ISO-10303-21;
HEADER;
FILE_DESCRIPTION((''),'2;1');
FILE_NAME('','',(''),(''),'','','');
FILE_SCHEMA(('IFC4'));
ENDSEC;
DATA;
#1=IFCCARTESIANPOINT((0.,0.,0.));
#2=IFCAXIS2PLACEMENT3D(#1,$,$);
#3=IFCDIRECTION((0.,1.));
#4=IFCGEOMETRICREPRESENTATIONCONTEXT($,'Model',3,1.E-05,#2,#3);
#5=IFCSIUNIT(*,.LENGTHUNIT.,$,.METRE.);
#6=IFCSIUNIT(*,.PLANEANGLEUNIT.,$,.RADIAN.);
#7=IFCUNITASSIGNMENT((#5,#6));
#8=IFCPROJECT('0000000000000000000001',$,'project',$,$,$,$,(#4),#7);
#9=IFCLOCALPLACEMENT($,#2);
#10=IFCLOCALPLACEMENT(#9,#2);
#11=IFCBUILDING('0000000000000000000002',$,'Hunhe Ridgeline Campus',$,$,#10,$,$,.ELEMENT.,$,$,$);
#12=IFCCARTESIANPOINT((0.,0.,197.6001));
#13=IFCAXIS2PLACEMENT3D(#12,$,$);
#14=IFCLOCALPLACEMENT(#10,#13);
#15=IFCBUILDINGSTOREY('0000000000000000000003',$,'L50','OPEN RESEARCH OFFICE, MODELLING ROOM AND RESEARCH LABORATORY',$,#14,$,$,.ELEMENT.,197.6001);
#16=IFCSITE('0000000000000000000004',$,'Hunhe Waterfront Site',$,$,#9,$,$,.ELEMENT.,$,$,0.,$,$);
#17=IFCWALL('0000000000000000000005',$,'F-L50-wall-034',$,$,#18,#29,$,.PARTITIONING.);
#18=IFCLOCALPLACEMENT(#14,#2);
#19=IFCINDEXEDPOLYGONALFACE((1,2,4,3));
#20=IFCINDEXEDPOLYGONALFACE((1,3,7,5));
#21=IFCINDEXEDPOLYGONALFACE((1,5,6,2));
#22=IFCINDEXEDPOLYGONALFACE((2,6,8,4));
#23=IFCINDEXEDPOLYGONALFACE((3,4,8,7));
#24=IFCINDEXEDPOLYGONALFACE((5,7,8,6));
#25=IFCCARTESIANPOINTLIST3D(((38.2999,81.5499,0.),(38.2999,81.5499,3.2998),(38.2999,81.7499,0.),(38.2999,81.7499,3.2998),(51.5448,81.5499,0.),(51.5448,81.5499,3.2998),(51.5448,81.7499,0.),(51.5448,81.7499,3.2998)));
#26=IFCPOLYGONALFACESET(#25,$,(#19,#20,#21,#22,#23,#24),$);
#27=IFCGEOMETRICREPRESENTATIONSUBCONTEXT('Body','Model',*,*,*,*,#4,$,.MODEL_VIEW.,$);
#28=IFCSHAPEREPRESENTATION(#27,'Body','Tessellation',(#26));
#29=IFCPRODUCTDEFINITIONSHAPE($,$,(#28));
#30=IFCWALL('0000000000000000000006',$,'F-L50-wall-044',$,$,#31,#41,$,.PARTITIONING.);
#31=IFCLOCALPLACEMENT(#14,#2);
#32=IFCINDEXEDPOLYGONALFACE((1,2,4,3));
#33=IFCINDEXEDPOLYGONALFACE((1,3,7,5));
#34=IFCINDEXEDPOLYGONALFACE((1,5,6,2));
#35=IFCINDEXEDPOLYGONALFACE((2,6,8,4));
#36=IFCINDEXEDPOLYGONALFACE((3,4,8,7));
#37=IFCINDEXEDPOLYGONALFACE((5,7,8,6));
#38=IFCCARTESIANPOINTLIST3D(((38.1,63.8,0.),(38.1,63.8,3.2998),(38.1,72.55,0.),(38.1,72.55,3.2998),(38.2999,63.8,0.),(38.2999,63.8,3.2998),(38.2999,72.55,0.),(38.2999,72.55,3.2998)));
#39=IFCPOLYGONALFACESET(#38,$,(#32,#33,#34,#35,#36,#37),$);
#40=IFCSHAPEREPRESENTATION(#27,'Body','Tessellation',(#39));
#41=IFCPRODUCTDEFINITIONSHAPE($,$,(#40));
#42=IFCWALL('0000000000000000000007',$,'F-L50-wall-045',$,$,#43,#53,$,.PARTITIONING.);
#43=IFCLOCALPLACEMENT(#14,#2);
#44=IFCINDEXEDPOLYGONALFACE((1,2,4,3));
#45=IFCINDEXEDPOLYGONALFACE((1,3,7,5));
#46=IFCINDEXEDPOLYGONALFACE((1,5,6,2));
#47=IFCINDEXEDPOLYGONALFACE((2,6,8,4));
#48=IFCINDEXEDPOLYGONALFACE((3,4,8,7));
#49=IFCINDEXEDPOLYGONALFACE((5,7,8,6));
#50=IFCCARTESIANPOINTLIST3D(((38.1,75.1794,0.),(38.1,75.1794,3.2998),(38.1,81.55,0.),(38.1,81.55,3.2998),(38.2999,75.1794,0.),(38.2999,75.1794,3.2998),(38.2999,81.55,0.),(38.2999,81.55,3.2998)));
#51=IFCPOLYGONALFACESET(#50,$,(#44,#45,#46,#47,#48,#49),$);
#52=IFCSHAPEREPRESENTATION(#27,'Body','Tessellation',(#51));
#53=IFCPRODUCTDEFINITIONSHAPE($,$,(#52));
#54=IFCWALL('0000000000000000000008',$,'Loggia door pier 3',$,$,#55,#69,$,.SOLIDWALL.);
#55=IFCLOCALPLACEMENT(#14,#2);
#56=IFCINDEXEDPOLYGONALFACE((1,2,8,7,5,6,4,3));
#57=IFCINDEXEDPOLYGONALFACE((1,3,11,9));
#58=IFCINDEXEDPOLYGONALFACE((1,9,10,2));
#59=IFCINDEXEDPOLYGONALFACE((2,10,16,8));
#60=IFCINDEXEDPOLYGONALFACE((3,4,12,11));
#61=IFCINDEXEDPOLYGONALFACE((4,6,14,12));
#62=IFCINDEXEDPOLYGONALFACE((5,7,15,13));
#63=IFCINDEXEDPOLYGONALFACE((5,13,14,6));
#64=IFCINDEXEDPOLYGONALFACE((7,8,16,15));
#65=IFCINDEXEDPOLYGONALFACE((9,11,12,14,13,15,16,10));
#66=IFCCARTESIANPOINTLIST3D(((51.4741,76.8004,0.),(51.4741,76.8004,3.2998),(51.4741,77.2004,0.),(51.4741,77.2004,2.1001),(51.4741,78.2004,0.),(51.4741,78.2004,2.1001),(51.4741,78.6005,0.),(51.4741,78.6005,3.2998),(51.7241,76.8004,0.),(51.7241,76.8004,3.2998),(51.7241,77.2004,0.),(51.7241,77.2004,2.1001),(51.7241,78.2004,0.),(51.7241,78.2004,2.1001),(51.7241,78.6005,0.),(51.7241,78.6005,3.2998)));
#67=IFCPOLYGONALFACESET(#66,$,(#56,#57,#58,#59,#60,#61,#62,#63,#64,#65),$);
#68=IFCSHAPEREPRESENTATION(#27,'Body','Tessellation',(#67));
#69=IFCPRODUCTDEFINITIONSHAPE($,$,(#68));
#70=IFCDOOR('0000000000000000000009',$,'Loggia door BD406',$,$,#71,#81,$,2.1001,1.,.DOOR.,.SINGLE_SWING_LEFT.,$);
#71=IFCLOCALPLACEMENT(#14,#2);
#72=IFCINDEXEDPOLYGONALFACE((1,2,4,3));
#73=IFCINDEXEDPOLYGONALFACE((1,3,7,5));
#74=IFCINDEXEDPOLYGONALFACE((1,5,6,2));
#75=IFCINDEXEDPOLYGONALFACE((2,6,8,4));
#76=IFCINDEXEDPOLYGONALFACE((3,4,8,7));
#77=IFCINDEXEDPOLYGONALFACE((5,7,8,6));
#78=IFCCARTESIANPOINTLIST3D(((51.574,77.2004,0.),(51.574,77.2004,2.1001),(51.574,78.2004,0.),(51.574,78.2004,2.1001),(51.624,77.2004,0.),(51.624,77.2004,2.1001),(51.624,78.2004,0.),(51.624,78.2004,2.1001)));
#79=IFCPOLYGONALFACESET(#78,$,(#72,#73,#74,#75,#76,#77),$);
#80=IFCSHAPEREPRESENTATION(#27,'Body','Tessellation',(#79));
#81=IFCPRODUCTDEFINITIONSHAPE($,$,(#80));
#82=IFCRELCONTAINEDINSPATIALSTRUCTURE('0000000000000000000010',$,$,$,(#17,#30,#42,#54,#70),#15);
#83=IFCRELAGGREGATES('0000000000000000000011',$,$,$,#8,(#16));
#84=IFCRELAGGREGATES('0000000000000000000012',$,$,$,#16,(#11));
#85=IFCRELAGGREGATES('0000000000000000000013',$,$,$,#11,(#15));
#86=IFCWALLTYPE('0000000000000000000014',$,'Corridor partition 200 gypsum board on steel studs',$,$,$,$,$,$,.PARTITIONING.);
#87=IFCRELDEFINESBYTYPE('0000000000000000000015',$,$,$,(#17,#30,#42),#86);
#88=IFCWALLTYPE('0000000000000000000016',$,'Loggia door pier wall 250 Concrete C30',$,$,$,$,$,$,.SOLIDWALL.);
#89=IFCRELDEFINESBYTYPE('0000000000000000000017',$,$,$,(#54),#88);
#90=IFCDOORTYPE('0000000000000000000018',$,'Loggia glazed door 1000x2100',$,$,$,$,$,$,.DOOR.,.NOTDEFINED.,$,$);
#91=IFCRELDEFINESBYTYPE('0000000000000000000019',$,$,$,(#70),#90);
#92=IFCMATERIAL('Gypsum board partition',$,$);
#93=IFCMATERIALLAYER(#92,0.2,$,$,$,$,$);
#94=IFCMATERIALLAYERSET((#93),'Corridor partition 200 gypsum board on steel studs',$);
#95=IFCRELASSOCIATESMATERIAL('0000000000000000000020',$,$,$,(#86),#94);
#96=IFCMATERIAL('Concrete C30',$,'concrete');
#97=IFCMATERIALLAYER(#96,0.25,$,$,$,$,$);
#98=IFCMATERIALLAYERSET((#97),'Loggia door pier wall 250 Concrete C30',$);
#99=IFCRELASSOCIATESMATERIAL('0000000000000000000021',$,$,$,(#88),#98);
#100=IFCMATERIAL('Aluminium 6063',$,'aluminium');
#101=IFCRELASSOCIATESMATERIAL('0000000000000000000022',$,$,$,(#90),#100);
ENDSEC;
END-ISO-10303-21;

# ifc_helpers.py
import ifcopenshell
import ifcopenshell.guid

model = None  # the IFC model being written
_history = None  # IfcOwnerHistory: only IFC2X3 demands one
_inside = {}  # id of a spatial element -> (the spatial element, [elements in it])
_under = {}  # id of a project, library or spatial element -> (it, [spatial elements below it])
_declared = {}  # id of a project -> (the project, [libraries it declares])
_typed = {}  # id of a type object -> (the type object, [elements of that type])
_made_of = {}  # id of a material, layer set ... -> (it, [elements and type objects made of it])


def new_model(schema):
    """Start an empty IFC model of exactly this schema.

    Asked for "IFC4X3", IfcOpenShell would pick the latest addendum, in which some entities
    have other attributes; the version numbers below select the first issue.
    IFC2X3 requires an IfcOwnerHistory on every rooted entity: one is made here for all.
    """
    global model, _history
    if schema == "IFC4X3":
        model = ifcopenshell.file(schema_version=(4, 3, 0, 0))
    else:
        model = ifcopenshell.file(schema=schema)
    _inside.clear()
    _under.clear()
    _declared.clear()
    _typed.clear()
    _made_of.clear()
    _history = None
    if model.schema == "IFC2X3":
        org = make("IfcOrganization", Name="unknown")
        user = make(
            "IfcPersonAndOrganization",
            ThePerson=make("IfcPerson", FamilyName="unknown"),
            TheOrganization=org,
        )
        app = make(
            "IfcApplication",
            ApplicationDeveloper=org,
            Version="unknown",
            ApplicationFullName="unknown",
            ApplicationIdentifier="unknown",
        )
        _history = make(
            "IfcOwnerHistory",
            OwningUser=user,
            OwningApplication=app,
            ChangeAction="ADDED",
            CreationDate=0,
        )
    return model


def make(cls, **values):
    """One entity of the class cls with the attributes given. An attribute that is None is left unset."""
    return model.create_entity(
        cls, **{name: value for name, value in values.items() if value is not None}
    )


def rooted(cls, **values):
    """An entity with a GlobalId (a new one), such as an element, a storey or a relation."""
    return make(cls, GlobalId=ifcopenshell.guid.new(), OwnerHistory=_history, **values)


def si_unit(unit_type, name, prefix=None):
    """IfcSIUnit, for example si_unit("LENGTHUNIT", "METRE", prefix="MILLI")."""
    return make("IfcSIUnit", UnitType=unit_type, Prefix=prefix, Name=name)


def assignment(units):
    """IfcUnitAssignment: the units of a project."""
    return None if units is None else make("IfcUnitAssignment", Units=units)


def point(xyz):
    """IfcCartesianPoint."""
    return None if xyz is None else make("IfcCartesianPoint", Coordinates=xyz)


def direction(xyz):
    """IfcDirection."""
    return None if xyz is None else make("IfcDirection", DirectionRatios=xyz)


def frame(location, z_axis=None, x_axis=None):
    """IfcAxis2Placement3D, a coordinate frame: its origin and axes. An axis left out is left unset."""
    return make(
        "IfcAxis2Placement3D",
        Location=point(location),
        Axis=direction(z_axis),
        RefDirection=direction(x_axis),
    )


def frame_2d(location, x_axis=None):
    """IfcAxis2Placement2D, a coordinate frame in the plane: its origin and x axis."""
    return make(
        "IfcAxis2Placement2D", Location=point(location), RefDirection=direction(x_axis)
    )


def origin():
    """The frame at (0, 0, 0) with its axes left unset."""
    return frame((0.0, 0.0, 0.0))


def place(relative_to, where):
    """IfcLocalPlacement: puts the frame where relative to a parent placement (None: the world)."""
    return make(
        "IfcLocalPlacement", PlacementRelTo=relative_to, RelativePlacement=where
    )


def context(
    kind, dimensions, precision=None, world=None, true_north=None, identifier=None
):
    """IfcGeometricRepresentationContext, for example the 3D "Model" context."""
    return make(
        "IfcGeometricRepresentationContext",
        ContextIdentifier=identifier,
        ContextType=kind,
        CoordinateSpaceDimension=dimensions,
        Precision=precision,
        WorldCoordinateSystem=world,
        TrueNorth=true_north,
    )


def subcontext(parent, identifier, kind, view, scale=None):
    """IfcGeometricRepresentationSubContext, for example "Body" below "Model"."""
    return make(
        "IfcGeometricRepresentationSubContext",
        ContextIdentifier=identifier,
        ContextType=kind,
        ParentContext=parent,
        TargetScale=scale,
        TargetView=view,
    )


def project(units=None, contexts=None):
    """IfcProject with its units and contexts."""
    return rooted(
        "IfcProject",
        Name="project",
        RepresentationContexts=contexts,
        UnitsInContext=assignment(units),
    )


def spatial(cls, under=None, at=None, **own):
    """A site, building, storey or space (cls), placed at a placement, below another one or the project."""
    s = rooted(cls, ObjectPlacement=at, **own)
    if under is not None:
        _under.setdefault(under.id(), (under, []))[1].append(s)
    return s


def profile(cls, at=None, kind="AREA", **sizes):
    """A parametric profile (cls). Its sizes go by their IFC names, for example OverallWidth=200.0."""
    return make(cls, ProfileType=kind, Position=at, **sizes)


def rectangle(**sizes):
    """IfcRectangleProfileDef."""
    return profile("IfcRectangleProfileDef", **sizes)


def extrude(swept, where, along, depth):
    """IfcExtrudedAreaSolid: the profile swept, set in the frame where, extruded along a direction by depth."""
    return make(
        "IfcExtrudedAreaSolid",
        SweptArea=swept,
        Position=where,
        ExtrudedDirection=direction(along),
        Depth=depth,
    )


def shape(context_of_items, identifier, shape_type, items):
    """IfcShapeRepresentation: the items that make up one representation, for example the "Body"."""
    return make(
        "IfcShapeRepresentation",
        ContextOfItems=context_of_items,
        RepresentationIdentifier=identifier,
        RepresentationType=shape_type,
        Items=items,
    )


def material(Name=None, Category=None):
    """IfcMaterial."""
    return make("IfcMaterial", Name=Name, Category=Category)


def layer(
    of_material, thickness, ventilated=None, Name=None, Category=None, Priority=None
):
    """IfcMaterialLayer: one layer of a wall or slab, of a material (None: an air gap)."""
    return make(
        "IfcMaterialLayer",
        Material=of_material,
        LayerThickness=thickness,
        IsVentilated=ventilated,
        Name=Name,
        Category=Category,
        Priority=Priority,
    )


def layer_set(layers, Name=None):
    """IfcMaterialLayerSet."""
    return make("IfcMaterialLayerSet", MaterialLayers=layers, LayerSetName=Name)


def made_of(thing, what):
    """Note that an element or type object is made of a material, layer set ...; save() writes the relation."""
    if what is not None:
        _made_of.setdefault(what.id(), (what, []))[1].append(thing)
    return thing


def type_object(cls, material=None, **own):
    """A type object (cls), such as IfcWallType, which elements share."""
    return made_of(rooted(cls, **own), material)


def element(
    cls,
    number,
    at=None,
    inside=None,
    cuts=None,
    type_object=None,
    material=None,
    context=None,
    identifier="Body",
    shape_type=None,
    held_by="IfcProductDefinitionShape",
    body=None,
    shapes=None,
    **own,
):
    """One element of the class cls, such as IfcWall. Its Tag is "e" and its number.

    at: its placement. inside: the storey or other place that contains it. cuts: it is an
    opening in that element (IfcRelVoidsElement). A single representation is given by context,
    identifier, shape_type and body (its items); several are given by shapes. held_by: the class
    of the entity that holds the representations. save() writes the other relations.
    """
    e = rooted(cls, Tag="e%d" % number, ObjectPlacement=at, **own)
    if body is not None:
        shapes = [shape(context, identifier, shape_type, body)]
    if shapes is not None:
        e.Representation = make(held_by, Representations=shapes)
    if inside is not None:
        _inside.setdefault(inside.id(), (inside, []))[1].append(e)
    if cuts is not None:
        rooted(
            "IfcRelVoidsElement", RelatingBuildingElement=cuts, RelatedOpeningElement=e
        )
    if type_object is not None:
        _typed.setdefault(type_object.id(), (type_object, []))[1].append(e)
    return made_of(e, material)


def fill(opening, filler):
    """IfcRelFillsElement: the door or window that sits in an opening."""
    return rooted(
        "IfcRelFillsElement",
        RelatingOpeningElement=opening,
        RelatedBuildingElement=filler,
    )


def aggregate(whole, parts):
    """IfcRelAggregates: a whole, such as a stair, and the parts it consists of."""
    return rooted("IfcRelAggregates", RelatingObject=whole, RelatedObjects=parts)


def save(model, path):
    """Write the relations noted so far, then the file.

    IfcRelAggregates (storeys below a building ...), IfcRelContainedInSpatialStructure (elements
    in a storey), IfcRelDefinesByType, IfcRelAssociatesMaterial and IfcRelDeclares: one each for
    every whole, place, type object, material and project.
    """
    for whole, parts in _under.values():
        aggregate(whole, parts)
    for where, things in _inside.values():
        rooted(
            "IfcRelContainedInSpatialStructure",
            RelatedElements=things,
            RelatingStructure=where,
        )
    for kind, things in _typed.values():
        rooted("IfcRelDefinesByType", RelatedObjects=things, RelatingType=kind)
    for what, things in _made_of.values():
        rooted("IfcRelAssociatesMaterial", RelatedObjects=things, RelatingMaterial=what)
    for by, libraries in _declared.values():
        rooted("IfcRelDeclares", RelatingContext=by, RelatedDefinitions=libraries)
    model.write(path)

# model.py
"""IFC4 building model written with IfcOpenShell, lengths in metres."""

from ifc_helpers import new_model, si_unit, direction, frame, frame_2d, origin, place, context, subcontext, project, spatial, rectangle, extrude, material, layer, layer_set, type_object, element, fill, save


model = new_model("IFC4")

# Units and contexts
model_context = context("Model", 3, precision=1e-05, world=origin(), true_north=direction((0.0, 1.0)))
body_context = subcontext(model_context, "Body", "Model", "MODEL_VIEW")
ifc_project = project(units=[si_unit("LENGTHUNIT", "METRE"), si_unit("PLANEANGLEUNIT", "RADIAN")], contexts=[model_context])

# Site, building, storey
site_placement = place(None, origin())
site = spatial("IfcSite", under=ifc_project, at=site_placement, Name="Hunhe Waterfront Site", CompositionType="ELEMENT", RefElevation=0.0)
building_placement = place(site_placement, origin())
building = spatial("IfcBuilding", under=site, at=building_placement, Name="Hunhe Ridgeline Campus", CompositionType="ELEMENT")
storey_placement = place(building_placement, frame((0.0, 0.0, 197.6001)))
storey = spatial("IfcBuildingStorey", under=building, at=storey_placement, Name="L50", Description="OPEN RESEARCH OFFICE, MODELLING ROOM AND RESEARCH LABORATORY", CompositionType="ELEMENT", Elevation=197.6001)

# Shared definitions
ifc_material_1 = material(Name="Aluminium 6063", Category="aluminium")

# Shared definitions
ifc_material_2 = material(Name="Gypsum board partition")
ifc_layer_1 = layer(ifc_material_2, 0.2)
ifc_layer_set_1 = layer_set([ifc_layer_1], Name="Corridor partition 200 gypsum board on steel studs")
wall_type_1 = type_object("IfcWallType", Name="Corridor partition 200 gypsum board on steel studs", PredefinedType="PARTITIONING", material=ifc_layer_set_1)

# Walls
wall_1_placement = place(storey_placement, frame((51.5449, 81.6499, 0.0), z_axis=(0.0, 0.0, 1.0), x_axis=(-1.0, 0.0, 0.0)))
element("IfcWall", 1, at=wall_1_placement, inside=storey, type_object=wall_type_1, Name="F-L50-wall-034", PredefinedType="PARTITIONING", context=body_context, shape_type="SweptSolid", body=[
    extrude(rectangle(XDim=13.2449, YDim=0.2, at=frame_2d((6.6226, 0.0))), origin(), (0.0, 0.0, 1.0), 3.2998),
])
wall_2_placement = place(storey_placement, frame((38.2, 72.55, 0.0), z_axis=(0.0, 0.0, 1.0), x_axis=(0.0, -1.0, 0.0)))
element("IfcWall", 2, at=wall_2_placement, inside=storey, type_object=wall_type_1, Name="F-L50-wall-044", PredefinedType="PARTITIONING", context=body_context, shape_type="SweptSolid", body=[
    extrude(rectangle(XDim=8.75, YDim=0.2, at=frame_2d((4.375, 0.0))), origin(), (0.0, 0.0, 1.0), 3.2998),
])
wall_3_placement = place(storey_placement, frame((38.2, 81.55, 0.0), z_axis=(0.0, 0.0, 1.0), x_axis=(0.0, -1.0, 0.0)))
element("IfcWall", 3, at=wall_3_placement, inside=storey, type_object=wall_type_1, Name="F-L50-wall-045", PredefinedType="PARTITIONING", context=body_context, shape_type="SweptSolid", body=[
    extrude(rectangle(XDim=6.3706, YDim=0.2, at=frame_2d((3.1853, 0.0))), origin(), (0.0, 0.0, 1.0), 3.2998),
])

# Wall, opening, door
ifc_material_3 = material(Name="Concrete C30", Category="concrete")
ifc_layer_2 = layer(ifc_material_3, 0.25)
ifc_layer_set_2 = layer_set([ifc_layer_2], Name="Loggia door pier wall 250 Concrete C30")
wall_type_2 = type_object("IfcWallType", Name="Loggia door pier wall 250 Concrete C30", PredefinedType="SOLIDWALL", material=ifc_layer_set_2)
wall_4_placement = place(storey_placement, frame((51.5991, 76.8005, 0.0), z_axis=(0.0, 0.0, 1.0), x_axis=(0.0, 1.0, 0.0)))
wall_4 = element("IfcWall", 4, at=wall_4_placement, inside=storey, type_object=wall_type_2, Name="Loggia door pier 3", PredefinedType="SOLIDWALL", context=body_context, shape_type="SweptSolid", body=[
    extrude(rectangle(XDim=1.8, YDim=0.25, at=frame_2d((0.8999, 0.0))), origin(), (0.0, 0.0, 1.0), 3.2998),
])
opening_1_placement = place(wall_4_placement, frame((0.3999, 0.0, 0.0)))
opening_1 = element("IfcOpeningElement", 5, at=opening_1_placement, cuts=wall_4, PredefinedType="OPENING", context=body_context, shape_type="SweptSolid", body=[
    extrude(rectangle(XDim=1.0, YDim=2.1001, at=frame_2d((0.5, 1.05))), frame((0.0, 0.125, 0.0), z_axis=(0.0, -1.0, 0.0), x_axis=(1.0, 0.0, 0.0)), (0.0, 0.0, 1.0), 0.25),
])
door_type_1 = type_object("IfcDoorType", Name="Loggia glazed door 1000x2100", OperationType="NOTDEFINED", PredefinedType="DOOR", material=ifc_material_1)
door_1_placement = place(opening_1_placement, frame((1.0, 0.0, 0.0), z_axis=(0.0, 0.0, 1.0), x_axis=(-1.0, 0.0, 0.0)))
door_1 = element("IfcDoor", 6, at=door_1_placement, inside=storey, type_object=door_type_1, Name="Loggia door BD406", OperationType="SINGLE_SWING_LEFT", OverallHeight=2.1001, OverallWidth=1.0, PredefinedType="DOOR", context=body_context, shape_type="SweptSolid", body=[
    extrude(rectangle(XDim=1.0, YDim=2.1001, at=frame_2d((0.5, 1.05))), frame((0.0, 0.0249, 0.0), z_axis=(0.0, -1.0, 0.0), x_axis=(1.0, 0.0, 0.0)), (0.0, 0.0, 1.0), 0.05),
])
fill(opening_1, door_1)

save(model, "model.ifc")
